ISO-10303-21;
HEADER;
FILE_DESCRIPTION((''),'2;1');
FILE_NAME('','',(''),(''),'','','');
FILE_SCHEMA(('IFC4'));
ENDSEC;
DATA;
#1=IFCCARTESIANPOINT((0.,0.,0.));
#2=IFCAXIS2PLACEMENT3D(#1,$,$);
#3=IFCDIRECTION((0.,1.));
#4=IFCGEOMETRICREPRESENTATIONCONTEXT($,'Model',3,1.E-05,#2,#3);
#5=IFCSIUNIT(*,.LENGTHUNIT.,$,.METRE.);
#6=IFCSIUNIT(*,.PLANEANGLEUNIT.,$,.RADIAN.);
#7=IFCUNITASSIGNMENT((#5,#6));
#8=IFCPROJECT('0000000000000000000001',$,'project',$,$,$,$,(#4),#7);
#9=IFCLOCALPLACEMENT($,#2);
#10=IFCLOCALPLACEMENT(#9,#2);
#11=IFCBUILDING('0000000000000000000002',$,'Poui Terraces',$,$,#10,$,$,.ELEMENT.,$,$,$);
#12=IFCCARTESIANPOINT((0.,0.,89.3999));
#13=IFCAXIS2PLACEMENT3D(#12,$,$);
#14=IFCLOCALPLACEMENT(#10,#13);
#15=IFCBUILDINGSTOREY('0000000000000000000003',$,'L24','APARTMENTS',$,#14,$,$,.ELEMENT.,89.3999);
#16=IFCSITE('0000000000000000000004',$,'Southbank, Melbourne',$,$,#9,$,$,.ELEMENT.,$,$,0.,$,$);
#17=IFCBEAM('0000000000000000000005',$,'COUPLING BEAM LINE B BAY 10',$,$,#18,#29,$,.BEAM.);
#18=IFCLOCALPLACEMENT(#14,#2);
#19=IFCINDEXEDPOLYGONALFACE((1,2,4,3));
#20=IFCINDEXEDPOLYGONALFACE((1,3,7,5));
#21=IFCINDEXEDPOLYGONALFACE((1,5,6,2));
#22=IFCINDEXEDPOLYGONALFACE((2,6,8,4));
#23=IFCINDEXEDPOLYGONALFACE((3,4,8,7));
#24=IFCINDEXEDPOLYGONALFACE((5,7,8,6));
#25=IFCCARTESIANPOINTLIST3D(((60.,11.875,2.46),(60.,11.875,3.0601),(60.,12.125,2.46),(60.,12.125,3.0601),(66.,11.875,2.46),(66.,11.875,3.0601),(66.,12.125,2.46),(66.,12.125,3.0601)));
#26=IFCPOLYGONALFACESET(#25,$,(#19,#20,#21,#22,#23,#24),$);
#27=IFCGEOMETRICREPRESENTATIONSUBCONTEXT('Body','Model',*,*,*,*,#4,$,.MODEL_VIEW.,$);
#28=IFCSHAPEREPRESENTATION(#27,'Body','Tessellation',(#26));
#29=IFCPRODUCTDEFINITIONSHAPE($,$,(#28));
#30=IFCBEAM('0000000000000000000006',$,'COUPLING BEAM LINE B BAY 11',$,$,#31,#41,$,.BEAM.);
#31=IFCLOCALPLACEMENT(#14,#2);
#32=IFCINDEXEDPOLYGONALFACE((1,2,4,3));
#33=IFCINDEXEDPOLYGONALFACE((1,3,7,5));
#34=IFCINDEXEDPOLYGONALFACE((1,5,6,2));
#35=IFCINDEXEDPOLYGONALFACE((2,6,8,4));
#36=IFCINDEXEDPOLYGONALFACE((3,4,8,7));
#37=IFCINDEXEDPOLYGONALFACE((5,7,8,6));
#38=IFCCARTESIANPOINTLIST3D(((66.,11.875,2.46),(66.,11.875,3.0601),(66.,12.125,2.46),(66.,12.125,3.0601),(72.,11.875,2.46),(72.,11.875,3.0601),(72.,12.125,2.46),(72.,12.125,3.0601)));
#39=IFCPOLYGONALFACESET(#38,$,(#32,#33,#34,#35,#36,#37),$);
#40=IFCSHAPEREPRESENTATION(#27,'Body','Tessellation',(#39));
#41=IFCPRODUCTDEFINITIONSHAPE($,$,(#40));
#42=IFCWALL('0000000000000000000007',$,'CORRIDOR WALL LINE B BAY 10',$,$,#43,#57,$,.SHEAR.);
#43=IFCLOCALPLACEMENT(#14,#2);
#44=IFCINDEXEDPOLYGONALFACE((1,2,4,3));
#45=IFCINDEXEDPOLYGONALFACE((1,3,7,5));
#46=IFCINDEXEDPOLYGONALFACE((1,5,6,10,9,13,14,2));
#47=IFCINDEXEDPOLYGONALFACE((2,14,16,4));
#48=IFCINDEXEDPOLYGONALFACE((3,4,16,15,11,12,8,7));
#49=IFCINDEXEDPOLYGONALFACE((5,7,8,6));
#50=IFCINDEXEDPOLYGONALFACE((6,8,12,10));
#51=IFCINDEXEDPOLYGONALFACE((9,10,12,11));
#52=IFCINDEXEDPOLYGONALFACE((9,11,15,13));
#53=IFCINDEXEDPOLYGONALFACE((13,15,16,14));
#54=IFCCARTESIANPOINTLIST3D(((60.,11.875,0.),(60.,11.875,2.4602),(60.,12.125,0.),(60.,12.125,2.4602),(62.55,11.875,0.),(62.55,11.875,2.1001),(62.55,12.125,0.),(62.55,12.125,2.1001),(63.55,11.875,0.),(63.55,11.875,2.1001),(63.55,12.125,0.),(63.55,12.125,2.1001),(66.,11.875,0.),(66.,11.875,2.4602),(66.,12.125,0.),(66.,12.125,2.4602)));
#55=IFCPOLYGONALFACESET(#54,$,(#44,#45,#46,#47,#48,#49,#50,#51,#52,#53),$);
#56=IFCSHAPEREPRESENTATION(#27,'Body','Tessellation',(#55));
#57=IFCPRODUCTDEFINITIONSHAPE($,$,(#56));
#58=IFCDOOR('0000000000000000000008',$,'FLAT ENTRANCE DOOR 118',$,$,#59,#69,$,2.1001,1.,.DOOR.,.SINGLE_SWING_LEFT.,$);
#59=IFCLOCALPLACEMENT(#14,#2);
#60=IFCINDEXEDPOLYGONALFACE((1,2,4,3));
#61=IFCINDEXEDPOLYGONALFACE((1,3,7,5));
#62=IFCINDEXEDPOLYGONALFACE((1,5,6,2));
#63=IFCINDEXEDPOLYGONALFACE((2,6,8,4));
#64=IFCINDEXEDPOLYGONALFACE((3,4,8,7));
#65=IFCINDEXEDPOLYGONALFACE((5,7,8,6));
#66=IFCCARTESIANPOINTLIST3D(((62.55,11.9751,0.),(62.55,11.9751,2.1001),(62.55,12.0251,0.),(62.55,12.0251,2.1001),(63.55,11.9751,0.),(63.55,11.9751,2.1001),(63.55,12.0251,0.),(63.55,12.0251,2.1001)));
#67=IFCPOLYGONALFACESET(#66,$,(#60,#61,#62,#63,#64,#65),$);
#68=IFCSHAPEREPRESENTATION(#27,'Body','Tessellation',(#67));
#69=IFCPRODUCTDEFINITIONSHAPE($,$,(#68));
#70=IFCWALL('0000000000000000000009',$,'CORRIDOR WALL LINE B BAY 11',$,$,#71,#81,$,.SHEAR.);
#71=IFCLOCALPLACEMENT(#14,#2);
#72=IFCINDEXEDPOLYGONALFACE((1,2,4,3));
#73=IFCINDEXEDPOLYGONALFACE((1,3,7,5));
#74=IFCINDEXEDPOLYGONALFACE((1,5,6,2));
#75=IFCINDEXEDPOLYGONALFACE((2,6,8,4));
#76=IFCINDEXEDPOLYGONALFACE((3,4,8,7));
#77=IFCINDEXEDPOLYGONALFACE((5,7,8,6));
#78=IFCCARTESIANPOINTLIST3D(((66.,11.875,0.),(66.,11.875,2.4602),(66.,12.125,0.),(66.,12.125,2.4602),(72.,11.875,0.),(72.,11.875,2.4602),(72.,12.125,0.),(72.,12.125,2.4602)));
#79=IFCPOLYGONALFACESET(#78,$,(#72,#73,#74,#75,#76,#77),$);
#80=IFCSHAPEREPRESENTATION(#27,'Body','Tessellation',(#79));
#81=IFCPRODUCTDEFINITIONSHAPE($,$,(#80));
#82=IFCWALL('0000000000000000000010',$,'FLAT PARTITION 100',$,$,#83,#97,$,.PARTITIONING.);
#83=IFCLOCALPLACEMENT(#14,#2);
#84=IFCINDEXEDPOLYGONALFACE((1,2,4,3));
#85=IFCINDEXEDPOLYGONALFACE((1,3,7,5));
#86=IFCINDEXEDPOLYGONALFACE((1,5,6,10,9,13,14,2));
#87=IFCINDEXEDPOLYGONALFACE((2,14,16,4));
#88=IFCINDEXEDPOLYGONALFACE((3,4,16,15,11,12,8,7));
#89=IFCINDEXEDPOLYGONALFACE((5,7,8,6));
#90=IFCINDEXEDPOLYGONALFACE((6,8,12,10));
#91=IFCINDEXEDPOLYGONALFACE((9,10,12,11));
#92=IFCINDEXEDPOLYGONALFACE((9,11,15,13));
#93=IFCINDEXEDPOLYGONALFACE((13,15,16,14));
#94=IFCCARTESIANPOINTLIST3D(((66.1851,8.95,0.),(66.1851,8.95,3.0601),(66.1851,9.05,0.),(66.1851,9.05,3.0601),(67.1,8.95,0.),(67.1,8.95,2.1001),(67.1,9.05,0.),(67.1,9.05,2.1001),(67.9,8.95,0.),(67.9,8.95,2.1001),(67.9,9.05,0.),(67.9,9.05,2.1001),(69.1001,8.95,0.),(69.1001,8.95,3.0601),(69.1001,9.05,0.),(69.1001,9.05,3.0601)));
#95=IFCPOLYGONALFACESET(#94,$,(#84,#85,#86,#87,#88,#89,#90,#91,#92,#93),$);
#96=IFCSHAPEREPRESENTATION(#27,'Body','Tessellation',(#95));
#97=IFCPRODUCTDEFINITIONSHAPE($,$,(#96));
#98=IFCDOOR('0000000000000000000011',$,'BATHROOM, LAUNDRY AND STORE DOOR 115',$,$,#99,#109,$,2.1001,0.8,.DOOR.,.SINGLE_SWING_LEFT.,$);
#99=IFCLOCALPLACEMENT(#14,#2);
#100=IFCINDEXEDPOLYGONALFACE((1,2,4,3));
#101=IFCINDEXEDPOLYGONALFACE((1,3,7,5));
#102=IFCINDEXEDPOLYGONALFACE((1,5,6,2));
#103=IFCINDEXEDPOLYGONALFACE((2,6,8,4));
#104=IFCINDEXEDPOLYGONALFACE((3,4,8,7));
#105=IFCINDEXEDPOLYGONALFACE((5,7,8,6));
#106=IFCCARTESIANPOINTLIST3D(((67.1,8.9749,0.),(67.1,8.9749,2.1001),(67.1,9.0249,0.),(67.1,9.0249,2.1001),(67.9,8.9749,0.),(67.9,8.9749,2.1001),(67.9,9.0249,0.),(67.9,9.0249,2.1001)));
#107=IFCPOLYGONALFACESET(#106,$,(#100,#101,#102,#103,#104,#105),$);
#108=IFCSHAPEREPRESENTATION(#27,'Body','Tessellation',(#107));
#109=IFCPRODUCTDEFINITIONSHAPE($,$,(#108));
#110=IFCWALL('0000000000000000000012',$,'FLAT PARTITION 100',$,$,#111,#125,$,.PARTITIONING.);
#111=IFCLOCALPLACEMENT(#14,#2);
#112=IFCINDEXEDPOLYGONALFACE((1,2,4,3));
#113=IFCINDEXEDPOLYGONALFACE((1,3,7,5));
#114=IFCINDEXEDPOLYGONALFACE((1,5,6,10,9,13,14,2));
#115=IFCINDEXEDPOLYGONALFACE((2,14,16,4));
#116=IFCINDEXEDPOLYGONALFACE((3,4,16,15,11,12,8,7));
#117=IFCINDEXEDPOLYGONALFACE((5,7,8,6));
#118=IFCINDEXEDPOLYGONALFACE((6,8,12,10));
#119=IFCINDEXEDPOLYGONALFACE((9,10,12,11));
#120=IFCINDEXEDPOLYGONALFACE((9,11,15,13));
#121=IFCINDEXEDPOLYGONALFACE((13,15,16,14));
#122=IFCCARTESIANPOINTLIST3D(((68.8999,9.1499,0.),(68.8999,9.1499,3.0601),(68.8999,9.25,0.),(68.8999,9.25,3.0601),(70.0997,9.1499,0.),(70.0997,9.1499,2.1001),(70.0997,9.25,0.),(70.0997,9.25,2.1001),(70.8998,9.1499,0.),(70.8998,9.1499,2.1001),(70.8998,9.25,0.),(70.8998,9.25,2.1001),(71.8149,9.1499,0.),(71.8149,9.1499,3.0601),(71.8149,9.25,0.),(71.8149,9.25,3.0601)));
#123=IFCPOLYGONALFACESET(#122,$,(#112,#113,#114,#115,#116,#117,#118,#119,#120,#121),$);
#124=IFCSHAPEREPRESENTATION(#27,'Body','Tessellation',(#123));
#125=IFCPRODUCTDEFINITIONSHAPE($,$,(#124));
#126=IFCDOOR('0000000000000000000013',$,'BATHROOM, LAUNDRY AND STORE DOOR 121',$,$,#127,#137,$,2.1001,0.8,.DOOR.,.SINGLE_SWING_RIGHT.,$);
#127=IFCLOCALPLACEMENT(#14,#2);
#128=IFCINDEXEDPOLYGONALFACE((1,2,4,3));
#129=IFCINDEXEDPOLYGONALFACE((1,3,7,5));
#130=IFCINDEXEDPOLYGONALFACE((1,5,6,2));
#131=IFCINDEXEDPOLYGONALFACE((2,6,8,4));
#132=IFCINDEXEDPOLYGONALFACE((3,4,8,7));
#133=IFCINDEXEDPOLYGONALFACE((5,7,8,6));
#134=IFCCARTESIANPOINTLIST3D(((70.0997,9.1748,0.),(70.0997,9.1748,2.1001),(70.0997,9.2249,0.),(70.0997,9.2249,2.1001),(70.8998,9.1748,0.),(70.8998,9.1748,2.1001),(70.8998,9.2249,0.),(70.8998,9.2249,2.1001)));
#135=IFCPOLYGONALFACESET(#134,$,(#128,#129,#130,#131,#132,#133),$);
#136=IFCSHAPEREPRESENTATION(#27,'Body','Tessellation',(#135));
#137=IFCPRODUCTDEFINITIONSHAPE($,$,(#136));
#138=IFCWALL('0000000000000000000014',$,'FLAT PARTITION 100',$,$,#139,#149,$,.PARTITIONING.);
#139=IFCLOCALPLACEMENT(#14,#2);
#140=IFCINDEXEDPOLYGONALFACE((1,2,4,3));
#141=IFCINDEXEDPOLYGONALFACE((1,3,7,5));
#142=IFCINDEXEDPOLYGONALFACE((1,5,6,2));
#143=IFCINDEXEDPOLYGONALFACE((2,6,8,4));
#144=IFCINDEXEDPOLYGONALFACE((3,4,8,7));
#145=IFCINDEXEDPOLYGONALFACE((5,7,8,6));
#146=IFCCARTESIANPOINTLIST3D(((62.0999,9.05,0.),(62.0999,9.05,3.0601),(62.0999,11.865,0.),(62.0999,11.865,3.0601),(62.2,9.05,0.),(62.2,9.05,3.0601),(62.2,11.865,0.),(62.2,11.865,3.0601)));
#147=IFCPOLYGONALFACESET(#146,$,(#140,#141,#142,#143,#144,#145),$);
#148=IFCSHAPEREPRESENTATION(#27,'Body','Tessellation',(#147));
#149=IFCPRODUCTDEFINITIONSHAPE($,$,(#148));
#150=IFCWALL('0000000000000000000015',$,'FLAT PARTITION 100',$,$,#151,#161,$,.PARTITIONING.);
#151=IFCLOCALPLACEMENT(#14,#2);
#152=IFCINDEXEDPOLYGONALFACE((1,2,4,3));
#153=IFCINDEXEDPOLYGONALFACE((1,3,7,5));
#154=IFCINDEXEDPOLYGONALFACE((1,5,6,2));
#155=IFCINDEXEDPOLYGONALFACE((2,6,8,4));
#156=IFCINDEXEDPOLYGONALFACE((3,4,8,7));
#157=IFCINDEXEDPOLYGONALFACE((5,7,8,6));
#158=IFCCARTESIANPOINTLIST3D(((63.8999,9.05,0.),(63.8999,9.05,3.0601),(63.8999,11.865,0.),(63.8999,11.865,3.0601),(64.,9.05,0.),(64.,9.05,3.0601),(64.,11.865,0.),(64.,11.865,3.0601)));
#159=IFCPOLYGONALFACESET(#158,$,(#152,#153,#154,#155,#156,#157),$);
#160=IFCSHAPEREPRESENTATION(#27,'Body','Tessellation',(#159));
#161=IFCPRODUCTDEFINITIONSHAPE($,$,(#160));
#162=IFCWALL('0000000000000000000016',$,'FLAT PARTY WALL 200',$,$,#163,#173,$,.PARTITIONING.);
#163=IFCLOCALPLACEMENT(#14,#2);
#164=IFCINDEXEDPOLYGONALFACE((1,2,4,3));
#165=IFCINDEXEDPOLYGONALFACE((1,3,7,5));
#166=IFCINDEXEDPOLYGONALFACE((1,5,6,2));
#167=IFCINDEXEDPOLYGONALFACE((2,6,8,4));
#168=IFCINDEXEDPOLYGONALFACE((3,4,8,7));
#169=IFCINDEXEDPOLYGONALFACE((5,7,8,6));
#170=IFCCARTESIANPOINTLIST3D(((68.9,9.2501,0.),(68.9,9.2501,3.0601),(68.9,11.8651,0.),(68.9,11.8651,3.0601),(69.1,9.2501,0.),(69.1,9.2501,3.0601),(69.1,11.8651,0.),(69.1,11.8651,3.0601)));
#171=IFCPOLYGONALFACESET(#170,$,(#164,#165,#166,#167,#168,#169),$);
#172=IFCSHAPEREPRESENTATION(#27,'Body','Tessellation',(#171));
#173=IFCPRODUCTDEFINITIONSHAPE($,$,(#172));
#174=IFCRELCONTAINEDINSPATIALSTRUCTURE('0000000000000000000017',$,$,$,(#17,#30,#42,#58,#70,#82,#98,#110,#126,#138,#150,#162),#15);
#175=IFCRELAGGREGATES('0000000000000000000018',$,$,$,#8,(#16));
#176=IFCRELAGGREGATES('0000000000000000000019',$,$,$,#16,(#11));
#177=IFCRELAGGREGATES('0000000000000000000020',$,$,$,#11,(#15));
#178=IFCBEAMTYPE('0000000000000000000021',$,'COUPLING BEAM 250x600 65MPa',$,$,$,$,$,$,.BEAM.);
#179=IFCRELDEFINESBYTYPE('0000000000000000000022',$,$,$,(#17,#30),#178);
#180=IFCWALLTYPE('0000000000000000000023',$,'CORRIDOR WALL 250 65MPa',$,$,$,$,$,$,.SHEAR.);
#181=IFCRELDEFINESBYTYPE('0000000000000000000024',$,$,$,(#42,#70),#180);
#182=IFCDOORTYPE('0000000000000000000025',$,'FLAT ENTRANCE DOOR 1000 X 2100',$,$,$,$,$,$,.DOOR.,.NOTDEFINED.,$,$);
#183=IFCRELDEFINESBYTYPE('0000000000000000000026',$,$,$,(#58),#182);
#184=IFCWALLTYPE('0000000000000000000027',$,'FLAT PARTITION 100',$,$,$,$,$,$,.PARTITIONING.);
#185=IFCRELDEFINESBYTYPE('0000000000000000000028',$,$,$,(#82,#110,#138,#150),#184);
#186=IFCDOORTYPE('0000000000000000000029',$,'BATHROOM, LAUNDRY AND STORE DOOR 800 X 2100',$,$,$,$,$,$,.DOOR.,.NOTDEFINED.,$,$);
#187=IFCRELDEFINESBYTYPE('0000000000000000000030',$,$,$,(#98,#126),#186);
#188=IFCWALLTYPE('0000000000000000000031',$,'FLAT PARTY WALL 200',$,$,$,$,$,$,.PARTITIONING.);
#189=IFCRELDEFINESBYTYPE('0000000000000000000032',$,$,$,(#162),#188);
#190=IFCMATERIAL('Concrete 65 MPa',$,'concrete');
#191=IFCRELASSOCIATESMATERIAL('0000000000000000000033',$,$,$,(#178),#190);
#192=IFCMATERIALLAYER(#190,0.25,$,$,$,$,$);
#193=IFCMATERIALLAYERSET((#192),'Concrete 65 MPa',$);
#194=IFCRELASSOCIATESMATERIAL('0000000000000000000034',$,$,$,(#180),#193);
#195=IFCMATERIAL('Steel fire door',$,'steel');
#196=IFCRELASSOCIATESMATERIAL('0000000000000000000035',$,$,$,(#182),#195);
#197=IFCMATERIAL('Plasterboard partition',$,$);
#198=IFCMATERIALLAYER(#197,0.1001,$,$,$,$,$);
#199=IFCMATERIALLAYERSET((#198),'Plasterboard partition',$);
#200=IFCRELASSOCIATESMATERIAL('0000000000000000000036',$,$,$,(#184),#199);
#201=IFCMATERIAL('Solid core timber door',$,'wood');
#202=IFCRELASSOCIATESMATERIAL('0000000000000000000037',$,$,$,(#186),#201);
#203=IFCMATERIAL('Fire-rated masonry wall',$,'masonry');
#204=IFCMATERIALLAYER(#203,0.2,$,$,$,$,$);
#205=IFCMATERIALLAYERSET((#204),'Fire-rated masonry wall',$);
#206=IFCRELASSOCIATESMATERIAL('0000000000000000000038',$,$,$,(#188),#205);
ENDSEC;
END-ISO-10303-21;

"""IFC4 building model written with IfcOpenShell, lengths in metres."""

from ifc_helpers import new_model, si_unit, direction, frame, frame_2d, origin, origin_2d, place, context, subcontext, project, spatial, rectangle, extrude, source, transform, mapped, material, layer, layer_set, material_profile, profile_set, type_object, element, fill, save


model = new_model("IFC4")

# Units and contexts
model_context = context("Model", 3, precision=1e-05, world=origin(), true_north=direction((0.0, 1.0)))
body_context = subcontext(model_context, "Body", "Model", "MODEL_VIEW")
ifc_project = project(units=[si_unit("LENGTHUNIT", "METRE"), si_unit("PLANEANGLEUNIT", "RADIAN")], contexts=[model_context])

# Site, building, storey
site_placement = place(None, origin())
site = spatial("IfcSite", under=ifc_project, at=site_placement, Name="Southbank, Melbourne", CompositionType="ELEMENT", RefElevation=0.0)
building_placement = place(site_placement, origin())
building = spatial("IfcBuilding", under=site, at=building_placement, Name="Poui Terraces", CompositionType="ELEMENT")
storey_placement = place(building_placement, frame((0.0, 0.0, 89.3999)))
storey = spatial("IfcBuildingStorey", under=building, at=storey_placement, Name="L24", Description="APARTMENTS", CompositionType="ELEMENT", Elevation=89.3999)

# Beams
ifc_material_1 = material(Name="Concrete 65 MPa", Category="concrete")
ifc_material_profile = material_profile(ifc_material_1, rectangle(XDim=0.25, YDim=0.6001, at=origin_2d()), Name="RC 250x600")
ifc_profile_set = profile_set([ifc_material_profile], Name="Concrete 65 MPa")
beam_type = type_object("IfcBeamType", Name="COUPLING BEAM 250x600 65MPa", PredefinedType="BEAM", material=ifc_profile_set)
shared_shape = source(origin(), body_context, "Body", "SweptSolid", [
    extrude(rectangle(XDim=0.25, YDim=0.6001, at=origin_2d()), origin(), (0.0, 0.0, 1.0), 6.0),
])
for number, where, z_axis, x_axis, name in (
    (1, (60.0, 12.0, 2.76), (1.0, 0.0, 0.0), (0.0, 1.0, 0.0), "COUPLING BEAM LINE B BAY 10"),
    (2, (66.0, 12.0, 2.76), (1.0, 0.0, 0.0), (0.0, 1.0, 0.0), "COUPLING BEAM LINE B BAY 11"),
):
    element("IfcBeam", number, at=place(storey_placement, frame(where, z_axis=z_axis, x_axis=x_axis)), inside=storey, type_object=beam_type, Name=name, PredefinedType="BEAM", context=body_context, shape_type="MappedRepresentation", body=[
        mapped(shared_shape, transform((0.0, 0.0, 0.0))),
    ])

# Wall, opening, door
ifc_layer_1 = layer(ifc_material_1, 0.25)
ifc_layer_set_1 = layer_set([ifc_layer_1], Name="Concrete 65 MPa")
wall_type_1 = type_object("IfcWallType", Name="CORRIDOR WALL 250 65MPa", PredefinedType="SHEAR", material=ifc_layer_set_1)
wall_1_placement = place(storey_placement, frame((60.0, 12.0, 0.0), z_axis=(0.0, 0.0, 1.0), x_axis=(1.0, 0.0, 0.0)))
wall_1 = element("IfcWall", 3, at=wall_1_placement, inside=storey, type_object=wall_type_1, Name="CORRIDOR WALL LINE B BAY 10", PredefinedType="SHEAR", context=body_context, shape_type="SweptSolid", body=[
    extrude(rectangle(XDim=6.0, YDim=0.25, at=frame_2d((3.0, 0.0))), origin(), (0.0, 0.0, 1.0), 2.4602),
])
opening_1_placement = place(wall_1_placement, frame((2.55, 0.0, 0.0)))
opening_1 = element("IfcOpeningElement", 4, at=opening_1_placement, cuts=wall_1, PredefinedType="OPENING", context=body_context, shape_type="SweptSolid", body=[
    extrude(rectangle(XDim=1.0, YDim=2.1001, at=frame_2d((0.5, 1.05))), frame((0.0, 0.135, 0.0), z_axis=(0.0, -1.0, 0.0), x_axis=(1.0, 0.0, 0.0)), (0.0, 0.0, 1.0), 0.27),
])
ifc_material_2 = material(Name="Steel fire door", Category="steel")
door_type_1 = type_object("IfcDoorType", Name="FLAT ENTRANCE DOOR 1000 X 2100", OperationType="NOTDEFINED", PredefinedType="DOOR", material=ifc_material_2)
door_1_placement = place(opening_1_placement, frame((1.0, 0.0, 0.0), z_axis=(0.0, 0.0, 1.0), x_axis=(-1.0, 0.0, 0.0)))
door_1 = element("IfcDoor", 5, at=door_1_placement, inside=storey, type_object=door_type_1, Name="FLAT ENTRANCE DOOR 118", OperationType="SINGLE_SWING_LEFT", OverallHeight=2.1001, OverallWidth=1.0, PredefinedType="DOOR", context=body_context, shape_type="SweptSolid", body=[
    extrude(rectangle(XDim=1.0, YDim=2.1001, at=frame_2d((0.5, 1.05))), frame((0.0, 0.0249, 0.0), z_axis=(0.0, -1.0, 0.0), x_axis=(1.0, 0.0, 0.0)), (0.0, 0.0, 1.0), 0.05),
])
fill(opening_1, door_1)

# Wall
wall_2_placement = place(storey_placement, frame((66.0, 12.0, 0.0), z_axis=(0.0, 0.0, 1.0), x_axis=(1.0, 0.0, 0.0)))
element("IfcWall", 6, at=wall_2_placement, inside=storey, type_object=wall_type_1, Name="CORRIDOR WALL LINE B BAY 11", PredefinedType="SHEAR", context=body_context, shape_type="SweptSolid", body=[
    extrude(rectangle(XDim=6.0, YDim=0.25, at=frame_2d((3.0, 0.0))), origin(), (0.0, 0.0, 1.0), 2.4602),
])

# Walls, openings, doors
ifc_material_3 = material(Name="Plasterboard partition")
ifc_layer_2 = layer(ifc_material_3, 0.1001)
ifc_layer_set_2 = layer_set([ifc_layer_2], Name="Plasterboard partition")
wall_type_2 = type_object("IfcWallType", Name="FLAT PARTITION 100", PredefinedType="PARTITIONING", material=ifc_layer_set_2)
wall_3_placement = place(storey_placement, frame((66.1851, 9.0, 0.0), z_axis=(0.0, 0.0, 1.0), x_axis=(1.0, 0.0, 0.0)))
wall_3 = element("IfcWall", 7, at=wall_3_placement, inside=storey, type_object=wall_type_2, Name="FLAT PARTITION 100", PredefinedType="PARTITIONING", context=body_context, shape_type="SweptSolid", body=[
    extrude(rectangle(XDim=2.915, YDim=0.1001, at=frame_2d((1.4575, 0.0))), origin(), (0.0, 0.0, 1.0), 3.0601),
])
opening_2_placement = place(wall_3_placement, frame((0.915, 0.0, 0.0)))
opening_2 = element("IfcOpeningElement", 8, at=opening_2_placement, cuts=wall_3, PredefinedType="OPENING", context=body_context, shape_type="SweptSolid", body=[
    extrude(rectangle(XDim=0.8, YDim=2.1001, at=frame_2d((0.3999, 1.05))), frame((0.0, 0.0601, 0.0), z_axis=(0.0, -1.0, 0.0), x_axis=(1.0, 0.0, 0.0)), (0.0, 0.0, 1.0), 0.1201),
])
ifc_material_4 = material(Name="Solid core timber door", Category="wood")
door_type_2 = type_object("IfcDoorType", Name="BATHROOM, LAUNDRY AND STORE DOOR 800 X 2100", OperationType="NOTDEFINED", PredefinedType="DOOR", material=ifc_material_4)
door_2_placement = place(opening_2_placement, origin())
door_2 = element("IfcDoor", 9, at=door_2_placement, inside=storey, type_object=door_type_2, Name="BATHROOM, LAUNDRY AND STORE DOOR 115", OperationType="SINGLE_SWING_LEFT", OverallHeight=2.1001, OverallWidth=0.8, PredefinedType="DOOR", context=body_context, shape_type="SweptSolid", body=[
    extrude(rectangle(XDim=0.8, YDim=2.1001, at=frame_2d((0.3999, 1.05))), frame((0.0, 0.0249, 0.0), z_axis=(0.0, -1.0, 0.0), x_axis=(1.0, 0.0, 0.0)), (0.0, 0.0, 1.0), 0.05),
])
fill(opening_2, door_2)
wall_4_placement = place(storey_placement, frame((68.8999, 9.2, 0.0), z_axis=(0.0, 0.0, 1.0), x_axis=(1.0, 0.0, 0.0)))
wall_4 = element("IfcWall", 10, at=wall_4_placement, inside=storey, type_object=wall_type_2, Name="FLAT PARTITION 100", PredefinedType="PARTITIONING", context=body_context, shape_type="SweptSolid", body=[
    extrude(rectangle(XDim=2.915, YDim=0.1001, at=frame_2d((1.4575, 0.0))), origin(), (0.0, 0.0, 1.0), 3.0601),
])
opening_3_placement = place(wall_4_placement, frame((1.2, 0.0, 0.0)))
opening_3 = element("IfcOpeningElement", 11, at=opening_3_placement, cuts=wall_4, PredefinedType="OPENING", context=body_context, shape_type="SweptSolid", body=[
    extrude(rectangle(XDim=0.8, YDim=2.1001, at=frame_2d((0.3999, 1.05))), frame((0.0, 0.0601, 0.0), z_axis=(0.0, -1.0, 0.0), x_axis=(1.0, 0.0, 0.0)), (0.0, 0.0, 1.0), 0.1201),
])
door_3_placement = place(opening_3_placement, origin())
door_3 = element("IfcDoor", 12, at=door_3_placement, inside=storey, type_object=door_type_2, Name="BATHROOM, LAUNDRY AND STORE DOOR 121", OperationType="SINGLE_SWING_RIGHT", OverallHeight=2.1001, OverallWidth=0.8, PredefinedType="DOOR", context=body_context, shape_type="SweptSolid", body=[
    extrude(rectangle(XDim=0.8, YDim=2.1001, at=frame_2d((0.3999, 1.05))), frame((0.0, 0.0249, 0.0), z_axis=(0.0, -1.0, 0.0), x_axis=(1.0, 0.0, 0.0)), (0.0, 0.0, 1.0), 0.05),
])
fill(opening_3, door_3)

# Walls
for number, where, z_axis, x_axis, name in (
    (13, (62.1499, 9.05, 0.0), (0.0, 0.0, 1.0), (0.0, 1.0, 0.0), "FLAT PARTITION 100"),
    (14, (63.95, 9.05, 0.0), (0.0, 0.0, 1.0), (0.0, 1.0, 0.0), "FLAT PARTITION 100"),
):
    element("IfcWall", number, at=place(storey_placement, frame(where, z_axis=z_axis, x_axis=x_axis)), inside=storey, type_object=wall_type_2, Name=name, PredefinedType="PARTITIONING", context=body_context, shape_type="SweptSolid", body=[
        extrude(rectangle(XDim=2.8149, YDim=0.1001, at=frame_2d((1.4075, 0.0))), origin(), (0.0, 0.0, 1.0), 3.0601),
    ])
ifc_material_5 = material(Name="Fire-rated masonry wall", Category="masonry")
ifc_layer_3 = layer(ifc_material_5, 0.2)
ifc_layer_set_3 = layer_set([ifc_layer_3], Name="Fire-rated masonry wall")
wall_type_3 = type_object("IfcWallType", Name="FLAT PARTY WALL 200", PredefinedType="PARTITIONING", material=ifc_layer_set_3)
wall_5_placement = place(storey_placement, frame((69.0, 9.25, 0.0), z_axis=(0.0, 0.0, 1.0), x_axis=(0.0, 1.0, 0.0)))
element("IfcWall", 15, at=wall_5_placement, inside=storey, type_object=wall_type_3, Name="FLAT PARTY WALL 200", PredefinedType="PARTITIONING", context=body_context, shape_type="SweptSolid", body=[
    extrude(rectangle(XDim=2.615, YDim=0.2, at=frame_2d((1.3076, 0.0))), origin(), (0.0, 0.0, 1.0), 3.0601),
])

save(model, "model.ifc")
